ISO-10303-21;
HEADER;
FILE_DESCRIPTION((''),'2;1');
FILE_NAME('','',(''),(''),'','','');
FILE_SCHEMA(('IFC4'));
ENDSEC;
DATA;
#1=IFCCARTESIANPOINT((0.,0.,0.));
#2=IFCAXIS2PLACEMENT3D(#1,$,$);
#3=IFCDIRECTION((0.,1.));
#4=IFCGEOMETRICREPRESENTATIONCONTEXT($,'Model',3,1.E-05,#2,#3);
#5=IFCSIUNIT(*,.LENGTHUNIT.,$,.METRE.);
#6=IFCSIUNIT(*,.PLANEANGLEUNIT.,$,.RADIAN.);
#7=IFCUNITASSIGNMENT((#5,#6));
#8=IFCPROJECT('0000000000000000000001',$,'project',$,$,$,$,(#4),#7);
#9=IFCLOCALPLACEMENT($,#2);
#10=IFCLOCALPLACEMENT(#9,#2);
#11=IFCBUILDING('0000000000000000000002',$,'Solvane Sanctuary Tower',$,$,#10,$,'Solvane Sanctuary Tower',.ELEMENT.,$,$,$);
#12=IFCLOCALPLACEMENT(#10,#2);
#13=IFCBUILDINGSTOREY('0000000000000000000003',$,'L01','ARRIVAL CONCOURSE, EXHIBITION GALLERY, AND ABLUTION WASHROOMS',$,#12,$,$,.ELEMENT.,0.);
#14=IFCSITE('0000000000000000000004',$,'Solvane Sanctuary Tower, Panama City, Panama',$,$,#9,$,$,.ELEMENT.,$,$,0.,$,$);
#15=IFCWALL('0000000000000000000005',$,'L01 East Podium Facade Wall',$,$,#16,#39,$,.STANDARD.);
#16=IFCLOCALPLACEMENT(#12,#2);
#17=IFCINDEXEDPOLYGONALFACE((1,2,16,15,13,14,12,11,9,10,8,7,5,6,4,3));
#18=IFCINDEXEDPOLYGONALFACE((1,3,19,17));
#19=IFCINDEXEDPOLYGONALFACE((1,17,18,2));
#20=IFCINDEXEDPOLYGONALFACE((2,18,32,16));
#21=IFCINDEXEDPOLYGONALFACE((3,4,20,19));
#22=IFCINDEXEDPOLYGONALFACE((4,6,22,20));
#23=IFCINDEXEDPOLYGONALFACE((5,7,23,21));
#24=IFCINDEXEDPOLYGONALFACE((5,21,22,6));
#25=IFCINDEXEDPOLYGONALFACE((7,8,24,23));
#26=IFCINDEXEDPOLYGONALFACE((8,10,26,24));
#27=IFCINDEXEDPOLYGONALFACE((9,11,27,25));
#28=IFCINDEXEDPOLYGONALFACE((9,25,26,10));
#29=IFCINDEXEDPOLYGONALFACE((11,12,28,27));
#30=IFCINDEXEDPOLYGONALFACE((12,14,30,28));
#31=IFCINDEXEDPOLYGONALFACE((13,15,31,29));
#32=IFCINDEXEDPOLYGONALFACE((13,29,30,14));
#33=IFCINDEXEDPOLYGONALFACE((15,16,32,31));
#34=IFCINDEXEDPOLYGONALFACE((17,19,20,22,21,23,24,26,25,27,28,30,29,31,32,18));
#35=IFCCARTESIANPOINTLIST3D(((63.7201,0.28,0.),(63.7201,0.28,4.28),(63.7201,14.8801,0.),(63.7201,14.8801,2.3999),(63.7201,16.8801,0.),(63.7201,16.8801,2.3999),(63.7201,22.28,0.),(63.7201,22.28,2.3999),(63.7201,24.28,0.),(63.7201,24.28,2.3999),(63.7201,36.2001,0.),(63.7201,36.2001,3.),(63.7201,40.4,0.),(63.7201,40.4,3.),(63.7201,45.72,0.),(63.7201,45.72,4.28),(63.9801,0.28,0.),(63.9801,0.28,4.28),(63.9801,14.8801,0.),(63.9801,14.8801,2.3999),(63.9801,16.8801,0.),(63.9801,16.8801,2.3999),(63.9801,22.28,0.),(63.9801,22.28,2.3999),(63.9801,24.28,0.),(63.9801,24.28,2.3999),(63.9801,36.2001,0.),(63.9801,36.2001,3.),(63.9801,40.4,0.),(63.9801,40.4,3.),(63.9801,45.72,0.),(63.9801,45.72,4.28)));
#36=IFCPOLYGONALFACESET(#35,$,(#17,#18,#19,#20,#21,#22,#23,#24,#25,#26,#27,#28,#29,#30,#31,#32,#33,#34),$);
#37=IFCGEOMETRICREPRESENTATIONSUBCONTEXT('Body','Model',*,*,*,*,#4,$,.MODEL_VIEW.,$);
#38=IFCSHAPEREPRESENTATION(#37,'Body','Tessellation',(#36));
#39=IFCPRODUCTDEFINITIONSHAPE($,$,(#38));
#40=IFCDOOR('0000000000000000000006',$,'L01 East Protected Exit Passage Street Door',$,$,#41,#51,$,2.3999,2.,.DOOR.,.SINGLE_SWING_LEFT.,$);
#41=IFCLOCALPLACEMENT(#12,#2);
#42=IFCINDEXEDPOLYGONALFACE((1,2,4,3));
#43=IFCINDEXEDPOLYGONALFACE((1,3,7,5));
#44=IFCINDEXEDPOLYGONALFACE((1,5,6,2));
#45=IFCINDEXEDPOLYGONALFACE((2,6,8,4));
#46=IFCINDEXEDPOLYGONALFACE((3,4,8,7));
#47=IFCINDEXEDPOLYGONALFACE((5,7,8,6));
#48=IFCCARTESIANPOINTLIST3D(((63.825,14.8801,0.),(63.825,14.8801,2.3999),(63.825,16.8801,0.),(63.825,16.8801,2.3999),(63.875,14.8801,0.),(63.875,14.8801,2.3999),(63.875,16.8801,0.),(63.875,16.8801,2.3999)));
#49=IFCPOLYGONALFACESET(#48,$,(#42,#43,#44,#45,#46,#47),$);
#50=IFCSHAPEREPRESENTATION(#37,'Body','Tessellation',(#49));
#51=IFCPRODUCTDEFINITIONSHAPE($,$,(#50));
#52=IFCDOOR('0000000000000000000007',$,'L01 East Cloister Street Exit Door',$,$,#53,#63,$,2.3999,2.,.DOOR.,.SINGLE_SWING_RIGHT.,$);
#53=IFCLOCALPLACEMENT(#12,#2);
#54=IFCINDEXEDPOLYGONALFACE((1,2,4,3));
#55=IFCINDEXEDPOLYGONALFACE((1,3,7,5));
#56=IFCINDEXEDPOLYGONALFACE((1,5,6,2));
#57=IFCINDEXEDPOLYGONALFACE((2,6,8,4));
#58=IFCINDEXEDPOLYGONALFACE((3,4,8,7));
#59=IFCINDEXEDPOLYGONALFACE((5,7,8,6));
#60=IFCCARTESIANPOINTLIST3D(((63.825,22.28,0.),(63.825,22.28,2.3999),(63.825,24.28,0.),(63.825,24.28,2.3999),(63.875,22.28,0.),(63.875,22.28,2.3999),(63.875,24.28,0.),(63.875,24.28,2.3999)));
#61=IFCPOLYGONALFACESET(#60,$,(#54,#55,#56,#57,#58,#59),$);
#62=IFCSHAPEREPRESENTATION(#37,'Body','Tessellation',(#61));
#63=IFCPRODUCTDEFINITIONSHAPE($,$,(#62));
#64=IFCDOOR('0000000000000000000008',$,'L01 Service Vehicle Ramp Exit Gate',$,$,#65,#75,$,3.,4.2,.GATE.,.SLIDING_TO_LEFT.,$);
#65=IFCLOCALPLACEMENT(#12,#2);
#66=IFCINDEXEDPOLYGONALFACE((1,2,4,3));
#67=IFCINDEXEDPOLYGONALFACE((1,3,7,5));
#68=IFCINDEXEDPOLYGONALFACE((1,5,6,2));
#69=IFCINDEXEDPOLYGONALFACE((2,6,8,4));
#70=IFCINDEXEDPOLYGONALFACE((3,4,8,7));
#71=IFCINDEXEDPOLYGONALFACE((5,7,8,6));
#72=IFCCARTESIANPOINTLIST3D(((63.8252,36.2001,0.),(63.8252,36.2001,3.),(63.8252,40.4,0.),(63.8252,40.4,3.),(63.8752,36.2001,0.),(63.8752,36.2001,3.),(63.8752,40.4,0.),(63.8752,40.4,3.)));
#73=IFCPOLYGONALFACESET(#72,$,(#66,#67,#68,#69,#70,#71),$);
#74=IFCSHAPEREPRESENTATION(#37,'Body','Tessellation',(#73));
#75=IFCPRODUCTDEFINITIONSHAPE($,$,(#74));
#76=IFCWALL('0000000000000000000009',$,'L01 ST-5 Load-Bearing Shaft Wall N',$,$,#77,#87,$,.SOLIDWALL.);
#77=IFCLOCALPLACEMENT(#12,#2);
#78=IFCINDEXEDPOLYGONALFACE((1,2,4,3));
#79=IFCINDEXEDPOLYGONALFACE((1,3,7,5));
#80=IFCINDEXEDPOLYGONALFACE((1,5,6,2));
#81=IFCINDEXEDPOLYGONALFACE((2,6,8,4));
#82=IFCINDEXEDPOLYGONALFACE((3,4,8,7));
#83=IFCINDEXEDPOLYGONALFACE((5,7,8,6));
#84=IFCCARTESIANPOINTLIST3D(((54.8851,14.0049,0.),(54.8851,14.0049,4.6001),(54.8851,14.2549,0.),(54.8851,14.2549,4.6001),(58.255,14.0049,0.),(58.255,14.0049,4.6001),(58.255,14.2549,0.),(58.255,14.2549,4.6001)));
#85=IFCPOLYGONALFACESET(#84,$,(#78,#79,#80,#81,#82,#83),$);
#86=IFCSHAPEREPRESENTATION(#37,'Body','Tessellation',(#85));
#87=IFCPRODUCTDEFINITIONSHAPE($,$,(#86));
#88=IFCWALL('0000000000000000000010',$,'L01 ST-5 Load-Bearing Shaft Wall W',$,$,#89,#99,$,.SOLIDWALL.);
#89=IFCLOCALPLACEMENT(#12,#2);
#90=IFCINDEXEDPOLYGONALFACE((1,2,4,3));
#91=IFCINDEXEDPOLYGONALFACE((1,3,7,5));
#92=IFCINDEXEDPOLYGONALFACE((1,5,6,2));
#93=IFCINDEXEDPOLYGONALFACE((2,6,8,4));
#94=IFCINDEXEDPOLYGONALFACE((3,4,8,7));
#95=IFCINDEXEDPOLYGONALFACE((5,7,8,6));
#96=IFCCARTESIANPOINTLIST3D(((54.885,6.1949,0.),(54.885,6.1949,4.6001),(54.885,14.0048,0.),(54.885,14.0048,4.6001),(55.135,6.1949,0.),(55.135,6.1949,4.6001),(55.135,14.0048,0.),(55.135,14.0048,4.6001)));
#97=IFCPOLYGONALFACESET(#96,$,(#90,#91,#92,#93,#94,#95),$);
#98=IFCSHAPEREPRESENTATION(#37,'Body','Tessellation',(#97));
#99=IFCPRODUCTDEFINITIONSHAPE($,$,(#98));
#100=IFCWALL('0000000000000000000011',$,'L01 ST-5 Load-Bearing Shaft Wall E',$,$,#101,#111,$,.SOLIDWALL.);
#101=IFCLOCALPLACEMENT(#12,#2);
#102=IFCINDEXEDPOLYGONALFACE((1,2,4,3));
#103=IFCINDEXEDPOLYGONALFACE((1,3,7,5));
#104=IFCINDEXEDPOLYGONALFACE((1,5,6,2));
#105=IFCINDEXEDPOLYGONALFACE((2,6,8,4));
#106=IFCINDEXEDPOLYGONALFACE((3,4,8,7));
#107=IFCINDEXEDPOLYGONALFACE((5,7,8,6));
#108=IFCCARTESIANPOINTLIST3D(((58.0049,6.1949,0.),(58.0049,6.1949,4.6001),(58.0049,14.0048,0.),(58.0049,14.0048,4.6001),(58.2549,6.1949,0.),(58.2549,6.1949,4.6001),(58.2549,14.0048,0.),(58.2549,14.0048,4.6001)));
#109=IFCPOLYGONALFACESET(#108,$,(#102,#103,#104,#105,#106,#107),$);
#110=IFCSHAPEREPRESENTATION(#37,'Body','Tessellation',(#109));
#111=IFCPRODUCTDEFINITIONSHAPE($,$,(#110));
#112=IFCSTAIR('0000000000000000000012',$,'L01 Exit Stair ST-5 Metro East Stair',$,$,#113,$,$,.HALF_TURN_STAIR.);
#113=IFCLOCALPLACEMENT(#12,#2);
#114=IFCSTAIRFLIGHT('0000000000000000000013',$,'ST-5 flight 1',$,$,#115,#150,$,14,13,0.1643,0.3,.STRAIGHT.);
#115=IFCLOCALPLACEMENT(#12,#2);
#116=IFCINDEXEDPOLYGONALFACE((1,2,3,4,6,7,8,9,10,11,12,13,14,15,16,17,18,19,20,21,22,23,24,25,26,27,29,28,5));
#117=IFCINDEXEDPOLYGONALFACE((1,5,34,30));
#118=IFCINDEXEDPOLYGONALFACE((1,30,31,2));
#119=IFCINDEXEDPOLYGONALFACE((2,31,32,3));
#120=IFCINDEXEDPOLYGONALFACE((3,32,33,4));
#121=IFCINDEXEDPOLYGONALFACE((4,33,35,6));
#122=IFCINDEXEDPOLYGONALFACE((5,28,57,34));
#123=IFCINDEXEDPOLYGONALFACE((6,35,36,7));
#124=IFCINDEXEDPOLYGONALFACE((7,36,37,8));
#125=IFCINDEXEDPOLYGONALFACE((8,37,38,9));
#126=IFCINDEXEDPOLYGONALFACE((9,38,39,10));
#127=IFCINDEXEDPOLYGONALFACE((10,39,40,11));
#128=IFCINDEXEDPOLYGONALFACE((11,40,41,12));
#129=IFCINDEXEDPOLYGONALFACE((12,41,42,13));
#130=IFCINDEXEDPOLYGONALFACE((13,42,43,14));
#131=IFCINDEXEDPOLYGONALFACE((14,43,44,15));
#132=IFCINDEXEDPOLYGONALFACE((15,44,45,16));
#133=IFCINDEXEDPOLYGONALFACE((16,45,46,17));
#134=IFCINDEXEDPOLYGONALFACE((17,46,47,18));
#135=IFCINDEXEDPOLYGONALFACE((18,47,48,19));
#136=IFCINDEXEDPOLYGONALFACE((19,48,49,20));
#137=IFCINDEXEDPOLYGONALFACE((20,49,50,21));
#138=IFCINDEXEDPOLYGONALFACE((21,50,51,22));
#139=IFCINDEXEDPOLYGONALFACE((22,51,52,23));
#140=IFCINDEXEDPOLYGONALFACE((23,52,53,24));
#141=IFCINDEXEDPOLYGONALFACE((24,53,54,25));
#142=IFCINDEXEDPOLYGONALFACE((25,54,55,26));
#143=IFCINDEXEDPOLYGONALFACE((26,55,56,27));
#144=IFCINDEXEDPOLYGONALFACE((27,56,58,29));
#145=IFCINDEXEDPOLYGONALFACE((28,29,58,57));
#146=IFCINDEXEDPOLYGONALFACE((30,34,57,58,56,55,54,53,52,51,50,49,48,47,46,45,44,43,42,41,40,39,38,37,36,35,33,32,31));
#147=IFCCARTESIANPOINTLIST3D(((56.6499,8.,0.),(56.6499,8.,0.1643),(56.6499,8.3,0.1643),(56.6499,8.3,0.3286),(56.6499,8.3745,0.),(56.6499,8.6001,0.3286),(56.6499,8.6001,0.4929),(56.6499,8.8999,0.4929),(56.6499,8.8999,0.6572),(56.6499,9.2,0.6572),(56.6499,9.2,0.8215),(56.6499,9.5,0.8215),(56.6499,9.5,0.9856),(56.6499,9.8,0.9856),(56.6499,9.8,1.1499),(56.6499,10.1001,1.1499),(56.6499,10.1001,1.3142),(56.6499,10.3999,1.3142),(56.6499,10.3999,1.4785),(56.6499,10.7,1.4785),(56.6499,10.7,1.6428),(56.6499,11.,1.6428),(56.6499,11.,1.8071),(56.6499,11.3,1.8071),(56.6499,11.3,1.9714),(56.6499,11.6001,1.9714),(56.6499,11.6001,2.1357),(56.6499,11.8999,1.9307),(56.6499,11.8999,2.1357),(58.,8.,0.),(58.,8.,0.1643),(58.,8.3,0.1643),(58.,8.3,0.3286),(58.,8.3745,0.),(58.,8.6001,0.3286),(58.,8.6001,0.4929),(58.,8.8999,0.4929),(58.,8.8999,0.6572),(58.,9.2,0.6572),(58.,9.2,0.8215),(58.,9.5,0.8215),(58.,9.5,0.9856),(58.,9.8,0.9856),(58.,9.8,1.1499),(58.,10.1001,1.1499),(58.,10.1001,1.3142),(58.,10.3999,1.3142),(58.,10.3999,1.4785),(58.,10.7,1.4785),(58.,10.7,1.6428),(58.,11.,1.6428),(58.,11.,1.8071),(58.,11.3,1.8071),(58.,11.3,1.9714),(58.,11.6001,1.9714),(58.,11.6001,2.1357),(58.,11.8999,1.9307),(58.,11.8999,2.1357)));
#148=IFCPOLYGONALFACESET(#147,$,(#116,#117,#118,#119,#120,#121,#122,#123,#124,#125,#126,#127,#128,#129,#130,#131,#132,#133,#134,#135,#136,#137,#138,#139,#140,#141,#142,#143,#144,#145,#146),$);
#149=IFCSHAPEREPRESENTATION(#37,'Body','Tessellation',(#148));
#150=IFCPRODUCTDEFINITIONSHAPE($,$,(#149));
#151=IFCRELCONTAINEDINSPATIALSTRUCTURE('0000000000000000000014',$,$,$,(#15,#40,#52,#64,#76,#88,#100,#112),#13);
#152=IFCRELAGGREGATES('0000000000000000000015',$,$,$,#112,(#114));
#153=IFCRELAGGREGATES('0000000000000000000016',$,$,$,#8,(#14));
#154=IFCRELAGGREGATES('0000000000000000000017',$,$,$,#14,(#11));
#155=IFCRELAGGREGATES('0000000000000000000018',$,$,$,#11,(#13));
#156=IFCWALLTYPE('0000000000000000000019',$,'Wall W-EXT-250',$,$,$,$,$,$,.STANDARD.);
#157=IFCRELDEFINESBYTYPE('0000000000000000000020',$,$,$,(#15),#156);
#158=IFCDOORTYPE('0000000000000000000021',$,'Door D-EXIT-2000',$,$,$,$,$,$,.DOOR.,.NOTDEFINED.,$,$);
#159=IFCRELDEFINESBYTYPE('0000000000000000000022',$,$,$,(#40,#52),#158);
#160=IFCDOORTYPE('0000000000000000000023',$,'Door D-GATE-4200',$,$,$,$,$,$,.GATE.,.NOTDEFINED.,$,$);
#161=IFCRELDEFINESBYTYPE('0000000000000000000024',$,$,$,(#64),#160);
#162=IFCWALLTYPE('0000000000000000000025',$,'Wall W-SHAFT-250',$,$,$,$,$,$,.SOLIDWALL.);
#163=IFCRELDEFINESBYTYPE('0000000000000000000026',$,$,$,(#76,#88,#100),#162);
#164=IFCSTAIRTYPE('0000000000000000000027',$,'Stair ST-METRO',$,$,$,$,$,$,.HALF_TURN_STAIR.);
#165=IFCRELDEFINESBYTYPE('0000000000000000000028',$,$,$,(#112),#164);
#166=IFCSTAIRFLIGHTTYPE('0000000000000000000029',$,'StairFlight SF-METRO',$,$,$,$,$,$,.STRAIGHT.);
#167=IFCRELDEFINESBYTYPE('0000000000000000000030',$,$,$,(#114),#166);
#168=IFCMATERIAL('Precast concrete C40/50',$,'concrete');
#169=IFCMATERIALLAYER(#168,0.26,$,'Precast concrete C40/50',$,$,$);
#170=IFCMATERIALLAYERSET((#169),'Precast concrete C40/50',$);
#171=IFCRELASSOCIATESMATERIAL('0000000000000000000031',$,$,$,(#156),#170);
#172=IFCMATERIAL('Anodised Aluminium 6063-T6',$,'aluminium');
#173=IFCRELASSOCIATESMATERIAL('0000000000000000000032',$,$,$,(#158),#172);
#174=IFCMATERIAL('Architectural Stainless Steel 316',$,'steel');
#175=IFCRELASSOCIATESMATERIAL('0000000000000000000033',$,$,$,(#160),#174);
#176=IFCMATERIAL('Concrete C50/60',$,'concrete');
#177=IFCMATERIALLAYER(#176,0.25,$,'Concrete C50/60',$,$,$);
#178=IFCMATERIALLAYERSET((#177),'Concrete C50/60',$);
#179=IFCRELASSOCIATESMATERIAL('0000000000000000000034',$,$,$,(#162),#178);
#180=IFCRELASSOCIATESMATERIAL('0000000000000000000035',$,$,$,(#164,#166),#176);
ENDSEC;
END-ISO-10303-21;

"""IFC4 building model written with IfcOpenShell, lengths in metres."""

from ifc_helpers import new_model, si_unit, direction, frame, frame_2d, origin, place, context, subcontext, project, spatial, polyline, rectangle, outline, extrude, material, layer, layer_set, type_object, element, fill, aggregate, save


model = new_model("IFC4")

# Units and contexts
model_context = context("Model", 3, precision=1e-05, world=origin(), true_north=direction((0.0, 1.0)))
body_context = subcontext(model_context, "Body", "Model", "MODEL_VIEW")
ifc_project = project(units=[si_unit("LENGTHUNIT", "METRE"), si_unit("PLANEANGLEUNIT", "RADIAN")], contexts=[model_context])

# Site, building, storey
site_placement = place(None, origin())
site = spatial("IfcSite", under=ifc_project, at=site_placement, Name="Solvane Sanctuary Tower, Panama City, Panama", CompositionType="ELEMENT", RefElevation=0.0)
building_placement = place(site_placement, origin())
building = spatial("IfcBuilding", under=site, at=building_placement, Name="Solvane Sanctuary Tower", LongName="Solvane Sanctuary Tower", CompositionType="ELEMENT")
storey_placement = place(building_placement, origin())
storey = spatial("IfcBuildingStorey", under=building, at=storey_placement, Name="L01", Description="ARRIVAL CONCOURSE, EXHIBITION GALLERY, AND ABLUTION WASHROOMS", CompositionType="ELEMENT", Elevation=0.0)

# Wall, openings, doors
ifc_material_1 = material(Name="Precast concrete C40/50", Category="concrete")
ifc_layer_1 = layer(ifc_material_1, 0.26, Name="Precast concrete C40/50")
ifc_layer_set_1 = layer_set([ifc_layer_1], Name="Precast concrete C40/50")
wall_type_1 = type_object("IfcWallType", Name="Wall W-EXT-250", PredefinedType="STANDARD", material=ifc_layer_set_1)
wall_1_placement = place(storey_placement, frame((63.8501, 0.28, 0.0), z_axis=(0.0, 0.0, 1.0), x_axis=(0.0, 1.0, 0.0)))
wall_1 = element("IfcWall", 1, at=wall_1_placement, inside=storey, type_object=wall_type_1, Name="L01 East Podium Facade Wall", PredefinedType="STANDARD", context=body_context, shape_type="SweptSolid", body=[
    extrude(rectangle(XDim=45.4399, YDim=0.26, at=frame_2d((22.72, 0.0))), origin(), (0.0, 0.0, 1.0), 4.28),
])
opening_1_placement = place(wall_1_placement, frame((14.6001, 0.0, 0.0)))
opening_1 = element("IfcOpeningElement", 2, at=opening_1_placement, cuts=wall_1, PredefinedType="OPENING", context=body_context, shape_type="SweptSolid", body=[
    extrude(rectangle(XDim=2.0, YDim=2.3999, at=frame_2d((1.0, 1.2))), frame((0.0, 0.1399, 0.0), z_axis=(0.0, -1.0, 0.0), x_axis=(1.0, 0.0, 0.0)), (0.0, 0.0, 1.0), 0.28),
])
opening_2_placement = place(wall_1_placement, frame((22.0, 0.0, 0.0)))
opening_2 = element("IfcOpeningElement", 3, at=opening_2_placement, cuts=wall_1, PredefinedType="OPENING", context=body_context, shape_type="SweptSolid", body=[
    extrude(rectangle(XDim=2.0, YDim=2.3999, at=frame_2d((1.0, 1.2))), frame((0.0, 0.1399, 0.0), z_axis=(0.0, -1.0, 0.0), x_axis=(1.0, 0.0, 0.0)), (0.0, 0.0, 1.0), 0.28),
])
opening_3_placement = place(wall_1_placement, frame((35.9199, 0.0, 0.0)))
opening_3 = element("IfcOpeningElement", 4, at=opening_3_placement, cuts=wall_1, PredefinedType="OPENING", context=body_context, shape_type="SweptSolid", body=[
    extrude(rectangle(XDim=4.2, YDim=3.0, at=frame_2d((2.1001, 1.5))), frame((0.0, 0.1399, 0.0), z_axis=(0.0, -1.0, 0.0), x_axis=(1.0, 0.0, 0.0)), (0.0, 0.0, 1.0), 0.28),
])
ifc_material_2 = material(Name="Anodised Aluminium 6063-T6", Category="aluminium")
door_type_1 = type_object("IfcDoorType", Name="Door D-EXIT-2000", OperationType="NOTDEFINED", PredefinedType="DOOR", material=ifc_material_2)
door_1_placement = place(opening_1_placement, frame((2.0, 0.0, 0.0), z_axis=(0.0, 0.0, 1.0), x_axis=(-1.0, 0.0, 0.0)))
door_1 = element("IfcDoor", 5, at=door_1_placement, inside=storey, type_object=door_type_1, Name="L01 East Protected Exit Passage Street Door", OperationType="SINGLE_SWING_LEFT", OverallHeight=2.3999, OverallWidth=2.0, PredefinedType="DOOR", context=body_context, shape_type="SweptSolid", body=[
    extrude(rectangle(XDim=2.0, YDim=2.3999, at=frame_2d((1.0, 1.2))), frame((0.0, 0.0249, 0.0), z_axis=(0.0, -1.0, 0.0), x_axis=(1.0, 0.0, 0.0)), (0.0, 0.0, 1.0), 0.05),
])
fill(opening_1, door_1)
door_2_placement = place(opening_2_placement, frame((2.0, 0.0, 0.0), z_axis=(0.0, 0.0, 1.0), x_axis=(-1.0, 0.0, 0.0)))
door_2 = element("IfcDoor", 6, at=door_2_placement, inside=storey, type_object=door_type_1, Name="L01 East Cloister Street Exit Door", OperationType="SINGLE_SWING_RIGHT", OverallHeight=2.3999, OverallWidth=2.0, PredefinedType="DOOR", context=body_context, shape_type="SweptSolid", body=[
    extrude(rectangle(XDim=2.0, YDim=2.3999, at=frame_2d((1.0, 1.2))), frame((0.0, 0.0249, 0.0), z_axis=(0.0, -1.0, 0.0), x_axis=(1.0, 0.0, 0.0)), (0.0, 0.0, 1.0), 0.05),
])
fill(opening_2, door_2)
ifc_material_3 = material(Name="Architectural Stainless Steel 316", Category="steel")
door_type_2 = type_object("IfcDoorType", Name="Door D-GATE-4200", OperationType="NOTDEFINED", PredefinedType="GATE", material=ifc_material_3)
door_3_placement = place(opening_3_placement, origin())
door_3 = element("IfcDoor", 7, at=door_3_placement, inside=storey, type_object=door_type_2, Name="L01 Service Vehicle Ramp Exit Gate", OperationType="SLIDING_TO_LEFT", OverallHeight=3.0, OverallWidth=4.2, PredefinedType="GATE", context=body_context, shape_type="SweptSolid", body=[
    extrude(rectangle(XDim=4.2, YDim=3.0, at=frame_2d((2.1001, 1.5))), frame((0.0, 0.0249, 0.0), z_axis=(0.0, -1.0, 0.0), x_axis=(1.0, 0.0, 0.0)), (0.0, 0.0, 1.0), 0.05),
])
fill(opening_3, door_3)

# Walls
ifc_material_4 = material(Name="Concrete C50/60", Category="concrete")
ifc_layer_2 = layer(ifc_material_4, 0.25, Name="Concrete C50/60")
ifc_layer_set_2 = layer_set([ifc_layer_2], Name="Concrete C50/60")
wall_type_2 = type_object("IfcWallType", Name="Wall W-SHAFT-250", PredefinedType="SOLIDWALL", material=ifc_layer_set_2)
wall_2_placement = place(storey_placement, frame((54.885, 14.1299, 0.0), z_axis=(0.0, 0.0, 1.0), x_axis=(1.0, 0.0, 0.0)))
element("IfcWall", 8, at=wall_2_placement, inside=storey, type_object=wall_type_2, Name="L01 ST-5 Load-Bearing Shaft Wall N", PredefinedType="SOLIDWALL", context=body_context, shape_type="SweptSolid", body=[
    extrude(rectangle(XDim=3.3699, YDim=0.25, at=frame_2d((1.6851, 0.0))), origin(), (0.0, 0.0, 1.0), 4.6001),
])
for number, where, z_axis, x_axis, name in (
    (9, (55.01, 6.1951, 0.0), (0.0, 0.0, 1.0), (0.0, 1.0, 0.0), "L01 ST-5 Load-Bearing Shaft Wall W"),
    (10, (58.1299, 6.1951, 0.0), (0.0, 0.0, 1.0), (0.0, 1.0, 0.0), "L01 ST-5 Load-Bearing Shaft Wall E"),
):
    element("IfcWall", number, at=place(storey_placement, frame(where, z_axis=z_axis, x_axis=x_axis)), inside=storey, type_object=wall_type_2, Name=name, PredefinedType="SOLIDWALL", context=body_context, shape_type="SweptSolid", body=[
        extrude(rectangle(XDim=7.8098, YDim=0.25, at=frame_2d((3.9048, 0.0))), origin(), (0.0, 0.0, 1.0), 4.6001),
    ])

# Stair, stair flight
stair_type = type_object("IfcStairType", Name="Stair ST-METRO", PredefinedType="HALF_TURN_STAIR", material=ifc_material_4)
stair_placement = place(storey_placement, origin())
stair = element("IfcStair", 11, at=stair_placement, inside=storey, type_object=stair_type, Name="L01 Exit Stair ST-5 Metro East Stair", PredefinedType="HALF_TURN_STAIR")
stair_flight_type = type_object("IfcStairFlightType", Name="StairFlight SF-METRO", PredefinedType="STRAIGHT", material=ifc_material_4)
stair_flight_1_placement = place(storey_placement, frame((57.325, 8.0, 0.0), z_axis=(0.0, 0.0, 1.0), x_axis=(0.0, 1.0, 0.0)))
stair_flight_1 = element("IfcStairFlight", 12, at=stair_flight_1_placement, type_object=stair_flight_type, Name="ST-5 flight 1", NumberOfRisers=14, NumberOfTreads=13, PredefinedType="STRAIGHT", RiserHeight=0.1643, TreadLength=0.3, context=body_context, shape_type="SweptSolid", body=[
    extrude(outline(polyline([(0.0, 0.0), (0.0, 0.1643), (0.3, 0.1643), (0.3, 0.3286), (0.6001, 0.3286), (0.6001, 0.4929), (0.8999, 0.4929), (0.8999, 0.6572), (1.2, 0.6572), (1.2, 0.8215), (1.5, 0.8215), (1.5, 0.9856), (1.8, 0.9856), (1.8, 1.1499), (2.1001, 1.1499), (2.1001, 1.3142), (2.3999, 1.3142), (2.3999, 1.4785), (2.7, 1.4785), (2.7, 1.6428), (3.0, 1.6428), (3.0, 1.8071), (3.3, 1.8071), (3.3, 1.9714), (3.6001, 1.9714), (3.6001, 2.1357), (3.8999, 2.1357), (3.8999, 2.3), (3.8999, 1.9307), (0.3745, 0.0), (0.0, 0.0)])), frame((0.0, 0.675, 0.0), z_axis=(0.0, -1.0, 0.0), x_axis=(1.0, 0.0, 0.0)), (0.0, 0.0, 1.0), 1.3501),
])
aggregate(stair, [stair_flight_1])

save(model, "model.ifc")
